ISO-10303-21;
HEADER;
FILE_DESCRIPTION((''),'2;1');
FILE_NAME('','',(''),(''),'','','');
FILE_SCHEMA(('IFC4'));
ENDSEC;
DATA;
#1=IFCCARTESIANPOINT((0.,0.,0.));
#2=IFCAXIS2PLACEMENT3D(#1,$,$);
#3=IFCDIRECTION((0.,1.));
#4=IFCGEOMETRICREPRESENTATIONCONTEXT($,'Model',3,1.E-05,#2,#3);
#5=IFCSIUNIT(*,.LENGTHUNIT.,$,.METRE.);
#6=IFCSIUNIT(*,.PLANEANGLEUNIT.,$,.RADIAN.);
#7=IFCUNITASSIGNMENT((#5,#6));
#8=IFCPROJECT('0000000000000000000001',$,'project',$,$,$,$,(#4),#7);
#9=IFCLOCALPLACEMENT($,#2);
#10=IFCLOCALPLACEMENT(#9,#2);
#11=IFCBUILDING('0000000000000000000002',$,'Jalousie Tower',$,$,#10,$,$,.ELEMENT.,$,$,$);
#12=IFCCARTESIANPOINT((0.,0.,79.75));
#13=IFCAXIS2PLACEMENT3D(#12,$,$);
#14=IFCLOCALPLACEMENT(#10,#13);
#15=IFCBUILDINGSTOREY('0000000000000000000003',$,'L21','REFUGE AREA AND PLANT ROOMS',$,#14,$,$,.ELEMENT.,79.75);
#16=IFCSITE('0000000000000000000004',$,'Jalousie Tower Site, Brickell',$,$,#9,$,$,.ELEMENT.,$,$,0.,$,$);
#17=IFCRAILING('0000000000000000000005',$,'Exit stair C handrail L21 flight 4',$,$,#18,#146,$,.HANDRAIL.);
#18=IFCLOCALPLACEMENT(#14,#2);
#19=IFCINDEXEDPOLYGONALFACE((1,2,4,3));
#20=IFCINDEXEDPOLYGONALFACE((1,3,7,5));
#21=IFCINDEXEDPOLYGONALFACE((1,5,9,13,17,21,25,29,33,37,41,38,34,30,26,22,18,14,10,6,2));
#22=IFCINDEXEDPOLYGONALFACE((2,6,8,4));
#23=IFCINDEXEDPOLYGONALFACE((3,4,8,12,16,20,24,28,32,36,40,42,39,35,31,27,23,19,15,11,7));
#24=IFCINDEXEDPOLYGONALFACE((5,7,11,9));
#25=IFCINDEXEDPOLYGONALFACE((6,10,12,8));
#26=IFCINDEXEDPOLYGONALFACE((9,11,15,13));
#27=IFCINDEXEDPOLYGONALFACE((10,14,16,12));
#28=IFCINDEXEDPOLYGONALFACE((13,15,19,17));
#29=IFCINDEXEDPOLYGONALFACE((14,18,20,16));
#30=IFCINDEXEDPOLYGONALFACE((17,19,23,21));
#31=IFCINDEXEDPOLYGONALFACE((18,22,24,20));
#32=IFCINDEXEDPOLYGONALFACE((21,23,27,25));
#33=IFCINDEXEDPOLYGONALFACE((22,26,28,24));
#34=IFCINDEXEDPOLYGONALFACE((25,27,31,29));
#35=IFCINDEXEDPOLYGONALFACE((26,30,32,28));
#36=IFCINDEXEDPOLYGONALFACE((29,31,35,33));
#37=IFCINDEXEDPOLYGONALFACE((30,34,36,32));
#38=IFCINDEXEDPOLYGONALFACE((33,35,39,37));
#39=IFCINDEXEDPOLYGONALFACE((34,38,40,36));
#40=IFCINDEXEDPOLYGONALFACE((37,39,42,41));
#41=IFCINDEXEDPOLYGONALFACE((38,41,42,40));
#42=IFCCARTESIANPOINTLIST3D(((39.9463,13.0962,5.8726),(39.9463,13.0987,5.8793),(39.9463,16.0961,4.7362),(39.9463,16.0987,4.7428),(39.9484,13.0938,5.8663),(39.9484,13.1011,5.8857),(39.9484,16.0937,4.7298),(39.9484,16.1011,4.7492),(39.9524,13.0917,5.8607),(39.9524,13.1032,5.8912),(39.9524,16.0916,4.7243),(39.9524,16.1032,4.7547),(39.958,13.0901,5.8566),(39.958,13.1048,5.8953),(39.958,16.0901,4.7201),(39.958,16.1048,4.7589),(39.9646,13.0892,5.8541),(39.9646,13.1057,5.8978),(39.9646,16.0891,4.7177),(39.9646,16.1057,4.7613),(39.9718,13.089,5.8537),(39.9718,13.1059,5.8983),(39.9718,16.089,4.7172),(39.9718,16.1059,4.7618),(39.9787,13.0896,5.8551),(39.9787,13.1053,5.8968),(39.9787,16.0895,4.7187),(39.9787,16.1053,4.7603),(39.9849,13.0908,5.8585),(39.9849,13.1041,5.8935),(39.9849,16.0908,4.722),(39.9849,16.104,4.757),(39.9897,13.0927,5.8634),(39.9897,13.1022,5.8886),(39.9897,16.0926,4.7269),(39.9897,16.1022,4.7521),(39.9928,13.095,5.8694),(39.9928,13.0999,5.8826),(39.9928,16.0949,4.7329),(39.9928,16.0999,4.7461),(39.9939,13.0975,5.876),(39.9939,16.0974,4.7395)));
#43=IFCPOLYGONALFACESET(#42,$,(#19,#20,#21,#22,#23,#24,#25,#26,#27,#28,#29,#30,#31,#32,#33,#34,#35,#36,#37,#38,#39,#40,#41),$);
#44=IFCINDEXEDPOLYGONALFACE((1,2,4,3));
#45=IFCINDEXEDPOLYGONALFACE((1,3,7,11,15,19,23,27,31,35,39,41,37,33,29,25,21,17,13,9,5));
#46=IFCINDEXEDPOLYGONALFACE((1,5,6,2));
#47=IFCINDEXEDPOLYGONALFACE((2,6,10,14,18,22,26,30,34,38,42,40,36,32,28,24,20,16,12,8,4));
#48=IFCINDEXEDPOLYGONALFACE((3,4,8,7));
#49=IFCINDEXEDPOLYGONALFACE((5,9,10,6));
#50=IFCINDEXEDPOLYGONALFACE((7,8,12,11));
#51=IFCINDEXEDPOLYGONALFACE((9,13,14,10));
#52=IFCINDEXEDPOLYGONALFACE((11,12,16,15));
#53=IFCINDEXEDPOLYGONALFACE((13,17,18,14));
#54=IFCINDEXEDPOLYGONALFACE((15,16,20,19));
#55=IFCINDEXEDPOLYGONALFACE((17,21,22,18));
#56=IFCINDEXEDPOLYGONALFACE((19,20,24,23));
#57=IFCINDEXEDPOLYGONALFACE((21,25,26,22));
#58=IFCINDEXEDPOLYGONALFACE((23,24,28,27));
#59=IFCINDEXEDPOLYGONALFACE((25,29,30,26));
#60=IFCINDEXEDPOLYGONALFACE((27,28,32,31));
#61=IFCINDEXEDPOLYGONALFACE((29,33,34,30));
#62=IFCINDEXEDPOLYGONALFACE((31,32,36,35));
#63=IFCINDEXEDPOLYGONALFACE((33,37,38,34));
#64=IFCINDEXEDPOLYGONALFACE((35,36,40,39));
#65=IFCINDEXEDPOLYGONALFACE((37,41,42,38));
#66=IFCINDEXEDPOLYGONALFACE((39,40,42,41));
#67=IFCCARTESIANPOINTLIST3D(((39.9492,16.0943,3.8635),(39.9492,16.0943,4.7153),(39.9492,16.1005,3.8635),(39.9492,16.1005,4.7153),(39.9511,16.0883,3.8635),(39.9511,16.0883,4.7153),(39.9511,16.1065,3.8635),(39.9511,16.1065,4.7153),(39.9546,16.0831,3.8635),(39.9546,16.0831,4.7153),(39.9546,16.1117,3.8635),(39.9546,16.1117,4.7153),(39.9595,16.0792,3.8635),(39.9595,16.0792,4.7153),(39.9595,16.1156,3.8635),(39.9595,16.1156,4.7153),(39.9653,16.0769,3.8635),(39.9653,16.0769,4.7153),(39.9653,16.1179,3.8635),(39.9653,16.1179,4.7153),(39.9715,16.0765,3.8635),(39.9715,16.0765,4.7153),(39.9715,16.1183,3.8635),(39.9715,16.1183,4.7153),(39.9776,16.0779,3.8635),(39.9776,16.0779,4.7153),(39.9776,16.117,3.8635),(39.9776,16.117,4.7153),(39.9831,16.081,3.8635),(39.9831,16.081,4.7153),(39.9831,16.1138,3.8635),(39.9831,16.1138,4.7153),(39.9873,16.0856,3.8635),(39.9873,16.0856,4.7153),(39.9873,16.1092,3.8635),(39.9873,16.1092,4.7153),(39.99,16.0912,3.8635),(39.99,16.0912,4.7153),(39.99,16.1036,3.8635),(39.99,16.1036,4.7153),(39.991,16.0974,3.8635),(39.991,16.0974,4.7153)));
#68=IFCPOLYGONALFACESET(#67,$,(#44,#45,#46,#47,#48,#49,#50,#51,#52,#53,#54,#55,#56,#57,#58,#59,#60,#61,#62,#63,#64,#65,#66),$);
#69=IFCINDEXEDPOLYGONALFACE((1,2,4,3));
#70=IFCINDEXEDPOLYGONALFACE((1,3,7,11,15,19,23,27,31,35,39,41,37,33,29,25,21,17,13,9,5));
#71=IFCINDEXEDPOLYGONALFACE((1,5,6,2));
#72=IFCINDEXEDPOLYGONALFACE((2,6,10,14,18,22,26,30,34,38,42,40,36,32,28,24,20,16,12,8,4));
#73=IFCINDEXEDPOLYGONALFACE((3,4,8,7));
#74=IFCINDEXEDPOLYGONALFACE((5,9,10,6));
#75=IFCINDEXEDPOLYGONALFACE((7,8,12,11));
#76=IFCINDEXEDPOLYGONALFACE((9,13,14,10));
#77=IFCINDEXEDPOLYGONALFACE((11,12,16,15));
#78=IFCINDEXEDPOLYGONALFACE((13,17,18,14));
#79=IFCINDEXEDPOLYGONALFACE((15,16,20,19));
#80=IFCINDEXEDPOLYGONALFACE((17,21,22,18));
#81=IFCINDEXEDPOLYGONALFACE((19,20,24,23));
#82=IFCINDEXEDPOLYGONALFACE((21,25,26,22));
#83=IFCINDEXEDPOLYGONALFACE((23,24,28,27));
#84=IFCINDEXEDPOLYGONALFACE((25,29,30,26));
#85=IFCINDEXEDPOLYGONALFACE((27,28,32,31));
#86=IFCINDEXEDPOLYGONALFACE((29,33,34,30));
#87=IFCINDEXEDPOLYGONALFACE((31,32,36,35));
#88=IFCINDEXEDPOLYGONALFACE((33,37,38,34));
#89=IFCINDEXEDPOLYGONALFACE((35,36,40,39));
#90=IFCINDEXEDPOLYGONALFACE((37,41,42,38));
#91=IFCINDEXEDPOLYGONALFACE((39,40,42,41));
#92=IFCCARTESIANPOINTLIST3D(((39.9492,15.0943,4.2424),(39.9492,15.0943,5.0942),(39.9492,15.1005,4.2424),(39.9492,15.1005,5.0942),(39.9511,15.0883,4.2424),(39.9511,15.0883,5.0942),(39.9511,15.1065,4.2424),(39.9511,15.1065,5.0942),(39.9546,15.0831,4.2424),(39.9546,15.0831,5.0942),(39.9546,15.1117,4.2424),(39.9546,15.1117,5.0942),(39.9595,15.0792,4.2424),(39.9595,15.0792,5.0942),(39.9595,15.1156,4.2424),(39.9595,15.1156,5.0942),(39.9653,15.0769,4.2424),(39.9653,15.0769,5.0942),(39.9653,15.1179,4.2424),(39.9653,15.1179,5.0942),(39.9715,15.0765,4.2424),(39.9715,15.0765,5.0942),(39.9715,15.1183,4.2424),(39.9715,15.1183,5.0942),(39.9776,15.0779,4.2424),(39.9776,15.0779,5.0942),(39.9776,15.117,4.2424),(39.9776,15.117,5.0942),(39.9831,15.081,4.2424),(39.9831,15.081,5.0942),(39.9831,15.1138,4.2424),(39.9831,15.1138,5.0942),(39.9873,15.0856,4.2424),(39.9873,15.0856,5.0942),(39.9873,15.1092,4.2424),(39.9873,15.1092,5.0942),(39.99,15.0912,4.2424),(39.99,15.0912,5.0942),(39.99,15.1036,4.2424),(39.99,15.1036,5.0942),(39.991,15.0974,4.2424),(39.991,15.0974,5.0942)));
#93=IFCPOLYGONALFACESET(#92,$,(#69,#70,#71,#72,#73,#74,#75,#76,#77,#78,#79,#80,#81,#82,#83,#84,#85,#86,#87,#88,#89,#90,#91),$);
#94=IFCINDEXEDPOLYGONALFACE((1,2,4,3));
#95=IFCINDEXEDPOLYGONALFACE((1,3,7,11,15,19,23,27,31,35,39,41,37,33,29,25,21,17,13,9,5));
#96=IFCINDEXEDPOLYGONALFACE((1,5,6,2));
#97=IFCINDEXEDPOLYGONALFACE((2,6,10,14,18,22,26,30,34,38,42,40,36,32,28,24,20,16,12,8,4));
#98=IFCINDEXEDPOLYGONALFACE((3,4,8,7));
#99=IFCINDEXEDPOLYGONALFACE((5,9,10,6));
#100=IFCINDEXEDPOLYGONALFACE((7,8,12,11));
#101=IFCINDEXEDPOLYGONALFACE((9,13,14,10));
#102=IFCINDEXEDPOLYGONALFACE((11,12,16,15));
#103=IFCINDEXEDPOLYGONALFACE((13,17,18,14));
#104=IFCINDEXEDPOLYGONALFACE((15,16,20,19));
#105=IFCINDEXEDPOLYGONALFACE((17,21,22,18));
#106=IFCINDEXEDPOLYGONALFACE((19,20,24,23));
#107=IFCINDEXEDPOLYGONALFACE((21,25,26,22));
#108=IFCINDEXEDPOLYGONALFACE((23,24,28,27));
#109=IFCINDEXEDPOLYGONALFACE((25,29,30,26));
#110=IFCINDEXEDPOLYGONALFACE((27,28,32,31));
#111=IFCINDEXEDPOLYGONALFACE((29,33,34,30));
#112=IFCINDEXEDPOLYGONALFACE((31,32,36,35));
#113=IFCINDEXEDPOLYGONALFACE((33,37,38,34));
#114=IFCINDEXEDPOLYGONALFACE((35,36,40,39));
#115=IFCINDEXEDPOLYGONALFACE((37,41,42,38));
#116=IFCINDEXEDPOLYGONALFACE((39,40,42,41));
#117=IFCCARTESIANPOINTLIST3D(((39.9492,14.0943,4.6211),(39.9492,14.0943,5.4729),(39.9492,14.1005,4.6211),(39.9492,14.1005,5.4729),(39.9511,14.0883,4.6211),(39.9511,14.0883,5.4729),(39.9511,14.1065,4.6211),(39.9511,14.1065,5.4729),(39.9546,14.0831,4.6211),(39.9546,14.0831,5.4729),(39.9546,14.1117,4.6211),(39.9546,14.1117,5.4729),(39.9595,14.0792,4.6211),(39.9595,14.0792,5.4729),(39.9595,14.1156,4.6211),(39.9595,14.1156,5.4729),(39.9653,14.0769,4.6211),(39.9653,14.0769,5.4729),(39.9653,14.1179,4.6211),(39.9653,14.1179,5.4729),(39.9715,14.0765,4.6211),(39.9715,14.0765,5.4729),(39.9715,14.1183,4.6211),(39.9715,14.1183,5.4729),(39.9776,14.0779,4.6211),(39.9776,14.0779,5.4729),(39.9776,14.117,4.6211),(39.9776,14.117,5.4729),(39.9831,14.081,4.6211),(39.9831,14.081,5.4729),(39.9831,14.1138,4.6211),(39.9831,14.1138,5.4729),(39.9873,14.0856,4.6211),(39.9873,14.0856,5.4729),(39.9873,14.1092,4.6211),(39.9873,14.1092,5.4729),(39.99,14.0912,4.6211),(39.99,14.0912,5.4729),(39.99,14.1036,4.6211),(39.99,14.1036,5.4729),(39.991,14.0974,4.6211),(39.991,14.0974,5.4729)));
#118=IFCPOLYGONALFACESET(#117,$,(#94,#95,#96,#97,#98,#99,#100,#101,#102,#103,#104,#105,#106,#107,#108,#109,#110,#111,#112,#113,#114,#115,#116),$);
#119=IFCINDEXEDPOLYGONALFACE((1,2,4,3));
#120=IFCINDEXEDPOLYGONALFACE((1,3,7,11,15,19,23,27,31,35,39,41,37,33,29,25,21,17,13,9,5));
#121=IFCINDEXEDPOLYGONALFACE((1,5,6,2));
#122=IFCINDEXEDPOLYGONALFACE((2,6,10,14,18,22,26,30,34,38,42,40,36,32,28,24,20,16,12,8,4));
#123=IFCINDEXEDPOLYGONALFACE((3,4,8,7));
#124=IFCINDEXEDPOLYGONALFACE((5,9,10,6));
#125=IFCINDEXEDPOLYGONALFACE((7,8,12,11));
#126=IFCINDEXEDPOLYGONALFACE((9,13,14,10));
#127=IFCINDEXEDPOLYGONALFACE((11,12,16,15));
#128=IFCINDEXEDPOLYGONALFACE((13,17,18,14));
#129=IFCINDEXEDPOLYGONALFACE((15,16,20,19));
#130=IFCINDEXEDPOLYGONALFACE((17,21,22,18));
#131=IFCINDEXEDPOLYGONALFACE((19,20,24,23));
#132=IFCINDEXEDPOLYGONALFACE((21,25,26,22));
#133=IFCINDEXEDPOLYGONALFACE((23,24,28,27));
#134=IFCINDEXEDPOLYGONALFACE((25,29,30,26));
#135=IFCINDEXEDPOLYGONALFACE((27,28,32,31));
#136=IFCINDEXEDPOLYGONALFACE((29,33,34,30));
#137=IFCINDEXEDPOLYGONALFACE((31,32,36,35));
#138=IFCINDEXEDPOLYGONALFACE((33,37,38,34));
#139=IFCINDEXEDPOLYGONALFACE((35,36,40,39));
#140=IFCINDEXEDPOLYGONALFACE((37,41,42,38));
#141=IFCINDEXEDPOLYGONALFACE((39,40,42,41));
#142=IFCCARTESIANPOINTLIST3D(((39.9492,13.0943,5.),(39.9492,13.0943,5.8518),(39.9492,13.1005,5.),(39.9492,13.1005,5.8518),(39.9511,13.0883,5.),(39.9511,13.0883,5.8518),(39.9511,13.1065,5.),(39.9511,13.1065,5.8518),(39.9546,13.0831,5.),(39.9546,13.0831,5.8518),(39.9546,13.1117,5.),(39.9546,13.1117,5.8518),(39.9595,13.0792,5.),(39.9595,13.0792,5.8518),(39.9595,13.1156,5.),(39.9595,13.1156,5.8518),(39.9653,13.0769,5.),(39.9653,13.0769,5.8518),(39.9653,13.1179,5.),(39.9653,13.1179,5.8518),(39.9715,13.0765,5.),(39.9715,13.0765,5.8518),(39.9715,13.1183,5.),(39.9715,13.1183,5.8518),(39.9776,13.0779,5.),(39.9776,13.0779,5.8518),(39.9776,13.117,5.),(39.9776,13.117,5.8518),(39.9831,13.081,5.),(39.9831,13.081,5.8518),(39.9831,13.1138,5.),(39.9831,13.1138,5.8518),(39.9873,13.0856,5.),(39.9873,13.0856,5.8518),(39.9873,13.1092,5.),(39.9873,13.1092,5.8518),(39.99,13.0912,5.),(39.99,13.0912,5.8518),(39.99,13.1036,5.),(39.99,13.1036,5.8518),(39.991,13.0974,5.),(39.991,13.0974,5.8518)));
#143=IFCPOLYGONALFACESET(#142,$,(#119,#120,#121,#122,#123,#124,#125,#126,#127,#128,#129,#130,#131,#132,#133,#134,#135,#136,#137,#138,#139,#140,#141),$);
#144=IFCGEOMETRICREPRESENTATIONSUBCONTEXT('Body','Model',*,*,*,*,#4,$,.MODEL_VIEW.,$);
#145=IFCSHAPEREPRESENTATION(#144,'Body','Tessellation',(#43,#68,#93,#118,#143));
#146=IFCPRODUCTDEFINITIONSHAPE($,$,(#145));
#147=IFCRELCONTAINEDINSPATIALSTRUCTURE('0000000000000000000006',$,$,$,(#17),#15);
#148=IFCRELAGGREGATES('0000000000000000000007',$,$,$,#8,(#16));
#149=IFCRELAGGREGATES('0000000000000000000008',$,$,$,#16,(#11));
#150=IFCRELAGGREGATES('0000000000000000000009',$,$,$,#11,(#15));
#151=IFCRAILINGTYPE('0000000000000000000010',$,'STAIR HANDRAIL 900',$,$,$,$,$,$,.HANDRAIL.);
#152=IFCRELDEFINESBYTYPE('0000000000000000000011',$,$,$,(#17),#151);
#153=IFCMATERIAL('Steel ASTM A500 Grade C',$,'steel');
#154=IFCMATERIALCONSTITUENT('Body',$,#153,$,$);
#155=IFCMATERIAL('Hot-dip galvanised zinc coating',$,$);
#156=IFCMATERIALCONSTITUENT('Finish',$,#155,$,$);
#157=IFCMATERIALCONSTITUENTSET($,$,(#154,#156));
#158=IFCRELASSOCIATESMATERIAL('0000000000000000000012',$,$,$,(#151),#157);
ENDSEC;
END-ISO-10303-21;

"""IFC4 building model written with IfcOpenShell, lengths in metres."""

from ifc_helpers import new_model, si_unit, direction, frame, origin, origin_2d, place, context, subcontext, project, spatial, circle, extrude, material, constituent, constituent_set, type_object, element, save


model = new_model("IFC4")

# Units and contexts
model_context = context("Model", 3, precision=1e-05, world=origin(), true_north=direction((0.0, 1.0)))
body_context = subcontext(model_context, "Body", "Model", "MODEL_VIEW")
ifc_project = project(units=[si_unit("LENGTHUNIT", "METRE"), si_unit("PLANEANGLEUNIT", "RADIAN")], contexts=[model_context])

# Site, building, storey
site_placement = place(None, origin())
site = spatial("IfcSite", under=ifc_project, at=site_placement, Name="Jalousie Tower Site, Brickell", CompositionType="ELEMENT", RefElevation=0.0)
building_placement = place(site_placement, origin())
building = spatial("IfcBuilding", under=site, at=building_placement, Name="Jalousie Tower", CompositionType="ELEMENT")
storey_placement = place(building_placement, frame((0.0, 0.0, 79.75)))
storey = spatial("IfcBuildingStorey", under=building, at=storey_placement, Name="L21", Description="REFUGE AREA AND PLANT ROOMS", CompositionType="ELEMENT", Elevation=79.75)

# Railing
ifc_material_1 = material(Name="Steel ASTM A500 Grade C", Category="steel")
ifc_constituent_1 = constituent(ifc_material_1, Name="Body")
ifc_material_2 = material(Name="Hot-dip galvanised zinc coating")
ifc_constituent_2 = constituent(ifc_material_2, Name="Finish")
ifc_constituent_set_1 = constituent_set(constituents=[ifc_constituent_1, ifc_constituent_2])
railing_type_1 = type_object("IfcRailingType", Name="STAIR HANDRAIL 900", PredefinedType="HANDRAIL", material=ifc_constituent_set_1)
for number, where, name in (
    (1, (39.97, 16.0974, 3.8635), "Exit stair C handrail L21 flight 4"),
):
    element("IfcRailing", number, at=place(storey_placement, frame(where)), inside=storey, type_object=railing_type_1, Name=name, PredefinedType="HANDRAIL", context=body_context, shape_type="SweptSolid", body=[
        extrude(circle(Radius=0.0239, at=origin_2d()), frame((0.0, 0.0, 0.876), z_axis=(0.0, -0.935148, 0.354257), x_axis=(1.0, 0.0, 0.0)), (0.0, 0.0, 1.0), 3.208),
        extrude(circle(Radius=0.021, at=origin_2d()), origin(), (0.0, 0.0, 1.0), 0.8518),
        extrude(circle(Radius=0.021, at=origin_2d()), frame((0.0, -1.0, 0.3789)), (0.0, 0.0, 1.0), 0.8518),
        extrude(circle(Radius=0.021, at=origin_2d()), frame((0.0, -2.0, 0.7576)), (0.0, 0.0, 1.0), 0.8518),
        extrude(circle(Radius=0.021, at=origin_2d()), frame((0.0, -3.0, 1.1365)), (0.0, 0.0, 1.0), 0.8518),
    ])

save(model, "model.ifc")
